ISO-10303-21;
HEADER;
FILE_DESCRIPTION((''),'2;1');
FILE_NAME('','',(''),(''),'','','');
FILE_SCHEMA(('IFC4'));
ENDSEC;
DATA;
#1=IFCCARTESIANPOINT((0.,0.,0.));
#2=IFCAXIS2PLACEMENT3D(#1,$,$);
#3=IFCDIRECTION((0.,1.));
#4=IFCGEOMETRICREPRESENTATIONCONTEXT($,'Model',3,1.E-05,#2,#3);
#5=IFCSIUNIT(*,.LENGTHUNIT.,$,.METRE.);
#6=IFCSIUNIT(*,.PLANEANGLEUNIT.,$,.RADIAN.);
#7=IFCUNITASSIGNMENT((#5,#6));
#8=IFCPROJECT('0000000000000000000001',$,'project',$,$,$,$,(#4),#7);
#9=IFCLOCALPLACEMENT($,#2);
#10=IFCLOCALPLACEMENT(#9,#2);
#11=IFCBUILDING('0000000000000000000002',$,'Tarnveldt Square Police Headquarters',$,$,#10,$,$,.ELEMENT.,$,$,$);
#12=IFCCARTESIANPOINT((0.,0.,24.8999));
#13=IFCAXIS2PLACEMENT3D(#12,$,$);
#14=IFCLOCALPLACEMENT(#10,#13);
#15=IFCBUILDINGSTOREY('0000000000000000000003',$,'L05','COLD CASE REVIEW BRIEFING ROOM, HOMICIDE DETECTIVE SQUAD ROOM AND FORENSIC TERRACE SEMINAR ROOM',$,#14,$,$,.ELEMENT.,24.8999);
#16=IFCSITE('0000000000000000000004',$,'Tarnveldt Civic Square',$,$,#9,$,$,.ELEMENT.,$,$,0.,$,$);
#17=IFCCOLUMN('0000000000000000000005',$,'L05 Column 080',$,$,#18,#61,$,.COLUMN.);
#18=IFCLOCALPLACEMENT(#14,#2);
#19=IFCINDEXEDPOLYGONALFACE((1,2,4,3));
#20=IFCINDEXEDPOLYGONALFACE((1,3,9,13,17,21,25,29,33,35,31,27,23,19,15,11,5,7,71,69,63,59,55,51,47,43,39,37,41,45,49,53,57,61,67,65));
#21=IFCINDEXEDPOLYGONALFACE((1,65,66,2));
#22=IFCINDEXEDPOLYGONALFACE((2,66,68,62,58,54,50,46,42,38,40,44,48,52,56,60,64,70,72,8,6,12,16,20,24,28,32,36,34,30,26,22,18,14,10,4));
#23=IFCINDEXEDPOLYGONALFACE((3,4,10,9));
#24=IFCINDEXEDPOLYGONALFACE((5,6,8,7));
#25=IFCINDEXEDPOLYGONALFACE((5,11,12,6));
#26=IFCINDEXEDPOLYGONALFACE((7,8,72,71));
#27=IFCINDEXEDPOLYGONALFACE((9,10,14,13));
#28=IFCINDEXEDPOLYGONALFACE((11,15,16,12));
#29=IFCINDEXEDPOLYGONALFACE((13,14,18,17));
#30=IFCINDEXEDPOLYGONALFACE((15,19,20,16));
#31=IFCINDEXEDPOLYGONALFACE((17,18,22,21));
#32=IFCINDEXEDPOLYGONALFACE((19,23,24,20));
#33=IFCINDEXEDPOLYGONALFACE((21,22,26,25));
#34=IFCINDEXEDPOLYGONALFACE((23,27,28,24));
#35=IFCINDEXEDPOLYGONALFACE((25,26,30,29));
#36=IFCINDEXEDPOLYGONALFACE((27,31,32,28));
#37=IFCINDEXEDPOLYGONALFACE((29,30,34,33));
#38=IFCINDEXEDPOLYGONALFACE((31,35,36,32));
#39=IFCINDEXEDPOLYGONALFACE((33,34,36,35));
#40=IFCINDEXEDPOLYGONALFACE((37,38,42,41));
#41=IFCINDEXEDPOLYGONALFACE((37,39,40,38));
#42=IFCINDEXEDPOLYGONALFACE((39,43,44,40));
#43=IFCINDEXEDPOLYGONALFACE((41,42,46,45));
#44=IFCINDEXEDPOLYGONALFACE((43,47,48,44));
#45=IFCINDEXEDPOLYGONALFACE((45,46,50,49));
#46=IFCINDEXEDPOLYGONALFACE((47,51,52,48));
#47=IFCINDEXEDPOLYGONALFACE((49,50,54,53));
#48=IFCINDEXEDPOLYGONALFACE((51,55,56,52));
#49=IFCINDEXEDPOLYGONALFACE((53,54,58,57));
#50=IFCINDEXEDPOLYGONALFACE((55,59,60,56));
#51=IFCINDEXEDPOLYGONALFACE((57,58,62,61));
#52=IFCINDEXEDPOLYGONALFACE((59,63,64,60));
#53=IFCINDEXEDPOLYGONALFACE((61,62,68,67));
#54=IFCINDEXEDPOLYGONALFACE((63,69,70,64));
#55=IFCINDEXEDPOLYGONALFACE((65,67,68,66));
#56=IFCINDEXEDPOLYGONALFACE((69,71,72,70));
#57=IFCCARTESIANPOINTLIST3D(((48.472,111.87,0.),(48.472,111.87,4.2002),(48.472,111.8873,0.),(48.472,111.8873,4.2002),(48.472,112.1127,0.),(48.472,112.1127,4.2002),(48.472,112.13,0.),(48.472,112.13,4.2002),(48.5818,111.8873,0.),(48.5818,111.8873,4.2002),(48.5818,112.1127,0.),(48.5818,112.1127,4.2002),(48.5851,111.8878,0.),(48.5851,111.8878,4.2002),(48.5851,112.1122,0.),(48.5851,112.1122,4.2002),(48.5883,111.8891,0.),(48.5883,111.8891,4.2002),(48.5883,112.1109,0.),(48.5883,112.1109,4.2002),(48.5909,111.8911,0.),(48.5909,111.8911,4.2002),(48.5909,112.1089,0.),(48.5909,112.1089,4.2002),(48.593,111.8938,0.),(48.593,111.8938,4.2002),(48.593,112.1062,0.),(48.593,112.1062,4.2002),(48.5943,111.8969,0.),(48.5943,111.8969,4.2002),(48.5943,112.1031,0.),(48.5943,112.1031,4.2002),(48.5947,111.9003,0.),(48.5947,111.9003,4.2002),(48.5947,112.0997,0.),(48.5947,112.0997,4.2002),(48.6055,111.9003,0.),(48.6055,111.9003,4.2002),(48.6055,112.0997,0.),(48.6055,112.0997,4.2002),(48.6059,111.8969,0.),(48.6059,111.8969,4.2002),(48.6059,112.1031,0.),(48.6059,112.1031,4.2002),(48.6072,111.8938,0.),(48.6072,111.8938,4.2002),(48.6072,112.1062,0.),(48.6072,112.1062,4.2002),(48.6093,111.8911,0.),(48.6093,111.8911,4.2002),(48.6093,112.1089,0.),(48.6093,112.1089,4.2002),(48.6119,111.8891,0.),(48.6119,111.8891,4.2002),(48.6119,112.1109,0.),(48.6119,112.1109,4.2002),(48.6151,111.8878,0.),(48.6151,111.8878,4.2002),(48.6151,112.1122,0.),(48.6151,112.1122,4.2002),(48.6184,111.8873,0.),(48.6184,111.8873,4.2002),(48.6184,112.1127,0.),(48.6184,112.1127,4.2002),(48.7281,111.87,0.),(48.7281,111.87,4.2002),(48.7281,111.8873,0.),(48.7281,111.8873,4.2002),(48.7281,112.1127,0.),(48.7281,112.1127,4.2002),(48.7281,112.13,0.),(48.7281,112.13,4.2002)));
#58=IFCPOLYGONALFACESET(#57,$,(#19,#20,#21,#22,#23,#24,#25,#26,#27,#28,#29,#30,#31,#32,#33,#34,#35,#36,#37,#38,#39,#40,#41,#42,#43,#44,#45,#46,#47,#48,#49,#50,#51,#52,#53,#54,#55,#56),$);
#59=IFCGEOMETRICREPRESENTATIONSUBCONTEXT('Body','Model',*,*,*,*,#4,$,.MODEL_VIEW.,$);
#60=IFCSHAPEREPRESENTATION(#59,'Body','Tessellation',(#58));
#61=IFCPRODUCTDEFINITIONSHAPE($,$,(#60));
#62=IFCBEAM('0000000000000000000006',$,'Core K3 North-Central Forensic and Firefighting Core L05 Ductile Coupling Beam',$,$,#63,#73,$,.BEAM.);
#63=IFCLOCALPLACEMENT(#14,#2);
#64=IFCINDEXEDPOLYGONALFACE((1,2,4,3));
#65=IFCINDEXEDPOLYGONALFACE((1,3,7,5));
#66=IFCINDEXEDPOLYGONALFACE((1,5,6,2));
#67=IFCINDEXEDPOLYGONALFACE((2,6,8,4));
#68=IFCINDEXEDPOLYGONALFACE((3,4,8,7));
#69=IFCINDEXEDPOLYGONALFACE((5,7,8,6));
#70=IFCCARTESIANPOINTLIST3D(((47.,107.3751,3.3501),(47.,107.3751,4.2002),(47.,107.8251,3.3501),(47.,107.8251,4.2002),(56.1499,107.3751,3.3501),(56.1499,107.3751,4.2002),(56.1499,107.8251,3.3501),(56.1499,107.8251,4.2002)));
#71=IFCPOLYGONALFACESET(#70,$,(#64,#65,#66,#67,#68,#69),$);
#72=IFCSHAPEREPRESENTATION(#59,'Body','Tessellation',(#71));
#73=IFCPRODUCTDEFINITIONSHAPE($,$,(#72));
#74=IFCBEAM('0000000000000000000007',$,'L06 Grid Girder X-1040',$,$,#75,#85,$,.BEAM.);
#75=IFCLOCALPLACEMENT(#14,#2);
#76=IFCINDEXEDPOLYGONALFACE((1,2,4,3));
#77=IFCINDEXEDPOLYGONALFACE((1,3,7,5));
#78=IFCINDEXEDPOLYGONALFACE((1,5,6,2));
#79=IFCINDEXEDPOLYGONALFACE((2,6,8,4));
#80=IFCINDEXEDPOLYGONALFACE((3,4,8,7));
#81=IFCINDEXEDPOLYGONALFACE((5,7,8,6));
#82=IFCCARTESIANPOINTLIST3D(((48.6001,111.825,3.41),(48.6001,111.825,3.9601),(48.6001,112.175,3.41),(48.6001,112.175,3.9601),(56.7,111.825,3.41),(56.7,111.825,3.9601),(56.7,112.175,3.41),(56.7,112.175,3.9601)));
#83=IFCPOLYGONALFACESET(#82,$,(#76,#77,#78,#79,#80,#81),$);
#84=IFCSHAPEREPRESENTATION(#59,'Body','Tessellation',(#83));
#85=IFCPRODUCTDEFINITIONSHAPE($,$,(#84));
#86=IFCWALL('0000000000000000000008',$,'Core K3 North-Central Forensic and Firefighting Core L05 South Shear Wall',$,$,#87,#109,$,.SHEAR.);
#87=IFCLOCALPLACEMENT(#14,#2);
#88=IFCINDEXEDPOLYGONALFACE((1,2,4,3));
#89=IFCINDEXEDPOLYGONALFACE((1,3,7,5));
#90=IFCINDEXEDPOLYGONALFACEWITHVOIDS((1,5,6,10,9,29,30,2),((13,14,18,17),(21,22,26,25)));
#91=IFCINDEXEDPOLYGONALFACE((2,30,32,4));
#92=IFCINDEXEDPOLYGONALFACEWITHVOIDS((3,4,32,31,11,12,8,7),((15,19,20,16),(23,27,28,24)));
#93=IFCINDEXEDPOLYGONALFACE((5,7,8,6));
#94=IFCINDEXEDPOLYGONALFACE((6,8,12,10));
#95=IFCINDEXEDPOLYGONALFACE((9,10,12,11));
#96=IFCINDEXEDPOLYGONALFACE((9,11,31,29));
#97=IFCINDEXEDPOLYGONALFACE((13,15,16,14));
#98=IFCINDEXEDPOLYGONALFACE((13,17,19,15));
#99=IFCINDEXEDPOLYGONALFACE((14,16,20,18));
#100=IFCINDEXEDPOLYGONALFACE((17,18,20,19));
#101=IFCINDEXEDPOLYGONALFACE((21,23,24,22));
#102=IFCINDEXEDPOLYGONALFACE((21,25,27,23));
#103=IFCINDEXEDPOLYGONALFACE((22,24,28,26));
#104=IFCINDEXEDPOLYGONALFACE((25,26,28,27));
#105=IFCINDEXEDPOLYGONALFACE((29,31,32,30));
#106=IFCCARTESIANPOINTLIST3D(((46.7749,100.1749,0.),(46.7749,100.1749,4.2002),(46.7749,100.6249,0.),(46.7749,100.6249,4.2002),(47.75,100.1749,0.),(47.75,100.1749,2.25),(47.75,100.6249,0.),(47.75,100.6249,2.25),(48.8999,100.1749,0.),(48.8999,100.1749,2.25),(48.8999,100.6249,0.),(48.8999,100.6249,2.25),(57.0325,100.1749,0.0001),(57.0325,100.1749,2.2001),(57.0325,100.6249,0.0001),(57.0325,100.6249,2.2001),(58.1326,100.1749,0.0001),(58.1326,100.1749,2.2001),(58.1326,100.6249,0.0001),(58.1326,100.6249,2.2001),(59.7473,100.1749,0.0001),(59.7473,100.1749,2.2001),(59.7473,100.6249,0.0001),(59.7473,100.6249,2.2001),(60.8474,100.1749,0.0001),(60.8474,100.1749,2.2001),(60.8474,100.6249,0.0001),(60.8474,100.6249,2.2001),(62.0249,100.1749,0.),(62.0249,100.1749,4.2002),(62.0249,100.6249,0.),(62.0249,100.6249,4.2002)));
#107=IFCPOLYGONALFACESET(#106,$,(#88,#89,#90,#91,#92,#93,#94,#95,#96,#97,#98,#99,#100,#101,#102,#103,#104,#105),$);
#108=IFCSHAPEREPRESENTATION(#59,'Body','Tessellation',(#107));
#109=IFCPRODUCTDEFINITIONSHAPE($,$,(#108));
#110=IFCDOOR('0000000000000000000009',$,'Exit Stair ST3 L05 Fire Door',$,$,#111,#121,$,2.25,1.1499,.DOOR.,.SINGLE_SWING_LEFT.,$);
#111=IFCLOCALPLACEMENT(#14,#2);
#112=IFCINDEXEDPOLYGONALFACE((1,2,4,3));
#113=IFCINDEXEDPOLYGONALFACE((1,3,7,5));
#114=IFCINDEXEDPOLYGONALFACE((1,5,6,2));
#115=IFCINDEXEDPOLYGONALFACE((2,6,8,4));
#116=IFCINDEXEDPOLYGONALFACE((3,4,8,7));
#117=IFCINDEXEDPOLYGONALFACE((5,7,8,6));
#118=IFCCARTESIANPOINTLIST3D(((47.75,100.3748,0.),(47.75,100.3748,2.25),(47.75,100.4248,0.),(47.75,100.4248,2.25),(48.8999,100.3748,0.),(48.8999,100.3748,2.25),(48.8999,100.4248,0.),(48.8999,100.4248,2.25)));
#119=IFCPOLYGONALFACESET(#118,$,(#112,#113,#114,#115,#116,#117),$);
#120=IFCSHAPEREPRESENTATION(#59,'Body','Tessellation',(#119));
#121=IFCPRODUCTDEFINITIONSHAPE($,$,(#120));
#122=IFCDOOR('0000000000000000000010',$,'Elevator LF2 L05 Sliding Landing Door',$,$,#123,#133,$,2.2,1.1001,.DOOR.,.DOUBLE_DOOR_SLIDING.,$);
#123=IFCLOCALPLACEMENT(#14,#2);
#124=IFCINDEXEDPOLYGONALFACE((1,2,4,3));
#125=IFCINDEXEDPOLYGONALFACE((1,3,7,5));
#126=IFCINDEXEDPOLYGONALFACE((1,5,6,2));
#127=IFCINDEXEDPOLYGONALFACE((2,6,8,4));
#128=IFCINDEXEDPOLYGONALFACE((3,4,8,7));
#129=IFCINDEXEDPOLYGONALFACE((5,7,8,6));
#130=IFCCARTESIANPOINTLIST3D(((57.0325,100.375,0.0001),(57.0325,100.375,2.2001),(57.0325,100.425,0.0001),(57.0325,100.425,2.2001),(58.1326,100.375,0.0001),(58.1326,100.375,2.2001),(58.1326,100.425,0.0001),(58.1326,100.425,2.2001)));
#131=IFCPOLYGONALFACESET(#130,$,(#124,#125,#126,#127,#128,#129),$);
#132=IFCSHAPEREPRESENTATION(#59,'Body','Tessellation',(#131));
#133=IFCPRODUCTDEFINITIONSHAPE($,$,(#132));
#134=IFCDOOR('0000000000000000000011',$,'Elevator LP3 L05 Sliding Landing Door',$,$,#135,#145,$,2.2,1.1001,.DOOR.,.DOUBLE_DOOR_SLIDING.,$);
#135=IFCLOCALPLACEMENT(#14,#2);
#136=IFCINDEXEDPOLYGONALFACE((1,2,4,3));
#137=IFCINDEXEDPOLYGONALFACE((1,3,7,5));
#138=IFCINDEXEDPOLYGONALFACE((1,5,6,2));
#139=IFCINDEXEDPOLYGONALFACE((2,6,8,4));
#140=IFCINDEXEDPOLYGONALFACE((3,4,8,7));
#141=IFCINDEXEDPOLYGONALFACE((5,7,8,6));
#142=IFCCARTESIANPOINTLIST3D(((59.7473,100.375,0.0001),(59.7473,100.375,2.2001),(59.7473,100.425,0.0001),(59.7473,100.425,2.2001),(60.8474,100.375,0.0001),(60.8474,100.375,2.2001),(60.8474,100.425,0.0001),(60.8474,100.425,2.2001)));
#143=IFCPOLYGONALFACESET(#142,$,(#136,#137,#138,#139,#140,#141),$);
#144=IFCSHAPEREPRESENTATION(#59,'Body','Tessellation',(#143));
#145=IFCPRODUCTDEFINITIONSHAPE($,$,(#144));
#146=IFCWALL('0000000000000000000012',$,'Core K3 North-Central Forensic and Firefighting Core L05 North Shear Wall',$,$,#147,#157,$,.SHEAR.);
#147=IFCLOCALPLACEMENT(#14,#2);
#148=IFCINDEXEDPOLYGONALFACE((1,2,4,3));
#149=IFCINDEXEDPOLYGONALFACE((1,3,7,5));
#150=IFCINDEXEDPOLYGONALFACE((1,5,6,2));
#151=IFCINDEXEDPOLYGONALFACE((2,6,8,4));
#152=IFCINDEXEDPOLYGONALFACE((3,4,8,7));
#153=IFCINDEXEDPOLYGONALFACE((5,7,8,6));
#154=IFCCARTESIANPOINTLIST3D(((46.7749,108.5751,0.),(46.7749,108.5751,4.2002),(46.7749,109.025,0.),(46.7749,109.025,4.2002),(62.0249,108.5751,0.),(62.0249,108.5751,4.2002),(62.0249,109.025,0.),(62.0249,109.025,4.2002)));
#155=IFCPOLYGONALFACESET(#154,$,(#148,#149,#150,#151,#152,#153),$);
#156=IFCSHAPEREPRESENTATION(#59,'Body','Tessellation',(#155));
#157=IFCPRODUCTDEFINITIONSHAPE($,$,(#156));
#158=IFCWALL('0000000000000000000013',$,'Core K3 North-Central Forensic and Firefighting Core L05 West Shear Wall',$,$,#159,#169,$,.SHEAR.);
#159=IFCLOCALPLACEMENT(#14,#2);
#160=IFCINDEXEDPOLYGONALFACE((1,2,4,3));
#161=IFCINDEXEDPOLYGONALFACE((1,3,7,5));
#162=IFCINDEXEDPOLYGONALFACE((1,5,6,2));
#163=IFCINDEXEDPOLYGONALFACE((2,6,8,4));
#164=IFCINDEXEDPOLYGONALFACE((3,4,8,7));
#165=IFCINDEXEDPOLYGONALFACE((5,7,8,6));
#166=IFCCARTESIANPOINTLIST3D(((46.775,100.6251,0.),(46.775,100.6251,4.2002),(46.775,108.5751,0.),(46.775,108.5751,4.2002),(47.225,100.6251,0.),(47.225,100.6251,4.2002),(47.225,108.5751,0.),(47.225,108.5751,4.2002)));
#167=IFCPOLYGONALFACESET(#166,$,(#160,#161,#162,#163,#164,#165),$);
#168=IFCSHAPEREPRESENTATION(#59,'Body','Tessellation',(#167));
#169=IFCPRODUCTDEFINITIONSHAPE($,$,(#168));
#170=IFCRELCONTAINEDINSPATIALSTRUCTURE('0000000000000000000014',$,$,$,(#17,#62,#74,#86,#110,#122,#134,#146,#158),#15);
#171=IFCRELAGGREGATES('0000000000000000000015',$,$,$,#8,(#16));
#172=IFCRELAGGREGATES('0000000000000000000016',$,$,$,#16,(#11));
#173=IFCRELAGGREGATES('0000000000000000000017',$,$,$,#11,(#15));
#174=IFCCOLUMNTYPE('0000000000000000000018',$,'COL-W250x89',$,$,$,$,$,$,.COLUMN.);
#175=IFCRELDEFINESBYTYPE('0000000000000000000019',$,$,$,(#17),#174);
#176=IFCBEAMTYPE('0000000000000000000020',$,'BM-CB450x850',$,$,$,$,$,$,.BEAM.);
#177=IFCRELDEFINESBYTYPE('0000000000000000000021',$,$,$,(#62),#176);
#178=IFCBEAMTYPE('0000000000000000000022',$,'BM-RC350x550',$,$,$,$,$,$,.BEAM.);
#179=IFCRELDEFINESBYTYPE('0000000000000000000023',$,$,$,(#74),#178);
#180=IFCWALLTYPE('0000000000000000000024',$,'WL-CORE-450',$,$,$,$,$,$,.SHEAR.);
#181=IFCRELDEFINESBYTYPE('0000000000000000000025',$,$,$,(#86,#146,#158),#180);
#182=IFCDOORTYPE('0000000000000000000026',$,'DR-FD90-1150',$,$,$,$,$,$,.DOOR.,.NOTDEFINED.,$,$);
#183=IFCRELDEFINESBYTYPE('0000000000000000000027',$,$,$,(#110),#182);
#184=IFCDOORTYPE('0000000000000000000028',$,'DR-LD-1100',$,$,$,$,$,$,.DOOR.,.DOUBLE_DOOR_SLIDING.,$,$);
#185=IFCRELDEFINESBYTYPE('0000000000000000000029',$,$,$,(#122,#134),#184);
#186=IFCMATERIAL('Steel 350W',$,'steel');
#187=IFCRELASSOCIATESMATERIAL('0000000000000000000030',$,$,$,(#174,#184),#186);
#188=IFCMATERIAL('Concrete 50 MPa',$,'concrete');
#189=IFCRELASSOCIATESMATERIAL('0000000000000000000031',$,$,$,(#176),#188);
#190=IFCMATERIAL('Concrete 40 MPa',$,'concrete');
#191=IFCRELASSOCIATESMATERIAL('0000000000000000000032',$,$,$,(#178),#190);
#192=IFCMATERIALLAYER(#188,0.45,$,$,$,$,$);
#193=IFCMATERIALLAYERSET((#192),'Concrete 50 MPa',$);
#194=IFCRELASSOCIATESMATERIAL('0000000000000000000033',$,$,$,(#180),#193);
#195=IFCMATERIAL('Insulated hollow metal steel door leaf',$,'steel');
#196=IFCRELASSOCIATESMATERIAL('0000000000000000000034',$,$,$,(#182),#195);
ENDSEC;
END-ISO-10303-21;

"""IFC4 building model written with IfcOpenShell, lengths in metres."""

from ifc_helpers import new_model, si_unit, direction, frame, frame_2d, origin, origin_2d, place, context, subcontext, project, spatial, rectangle, i_section, extrude, material, layer, layer_set, material_profile, profile_set, type_object, element, fill, save


model = new_model("IFC4")

# Units and contexts
model_context = context("Model", 3, precision=1e-05, world=origin(), true_north=direction((0.0, 1.0)))
body_context = subcontext(model_context, "Body", "Model", "MODEL_VIEW")
ifc_project = project(units=[si_unit("LENGTHUNIT", "METRE"), si_unit("PLANEANGLEUNIT", "RADIAN")], contexts=[model_context])

# Site, building, storey
site_placement = place(None, origin())
site = spatial("IfcSite", under=ifc_project, at=site_placement, Name="Tarnveldt Civic Square", CompositionType="ELEMENT", RefElevation=0.0)
building_placement = place(site_placement, origin())
building = spatial("IfcBuilding", under=site, at=building_placement, Name="Tarnveldt Square Police Headquarters", CompositionType="ELEMENT")
storey_placement = place(building_placement, frame((0.0, 0.0, 24.8999)))
storey = spatial("IfcBuildingStorey", under=building, at=storey_placement, Name="L05", Description="COLD CASE REVIEW BRIEFING ROOM, HOMICIDE DETECTIVE SQUAD ROOM AND FORENSIC TERRACE SEMINAR ROOM", CompositionType="ELEMENT", Elevation=24.8999)

# Column
ifc_material_1 = material(Name="Steel 350W", Category="steel")
ifc_material_profile_1 = material_profile(ifc_material_1, i_section(OverallWidth=0.2561, OverallDepth=0.26, WebThickness=0.0107, FlangeThickness=0.0173, FilletRadius=0.0129, at=origin_2d()), Name="W250x89")
ifc_profile_set_1 = profile_set([ifc_material_profile_1], Name="Steel 350W")
column_type = type_object("IfcColumnType", Name="COL-W250x89", PredefinedType="COLUMN", material=ifc_profile_set_1)
column_placement = place(storey_placement, frame((48.6001, 112.0, 0.0), z_axis=(0.0, 0.0, 1.0), x_axis=(1.0, 0.0, 0.0)))
element("IfcColumn", 1, at=column_placement, inside=storey, type_object=column_type, Name="L05 Column 080", PredefinedType="COLUMN", context=body_context, shape_type="SweptSolid", body=[
    extrude(i_section(OverallWidth=0.2561, OverallDepth=0.26, WebThickness=0.0107, FlangeThickness=0.0173, FilletRadius=0.0129, at=origin_2d()), origin(), (0.0, 0.0, 1.0), 4.2002),
])

# Beams
ifc_material_2 = material(Name="Concrete 50 MPa", Category="concrete")
ifc_material_profile_2 = material_profile(ifc_material_2, rectangle(XDim=0.45, YDim=0.8501, at=origin_2d()), Name="RC-CB450x850")
ifc_profile_set_2 = profile_set([ifc_material_profile_2], Name="Concrete 50 MPa")
beam_type_1 = type_object("IfcBeamType", Name="BM-CB450x850", PredefinedType="BEAM", material=ifc_profile_set_2)
beam_1_placement = place(storey_placement, frame((47.0, 107.6001, 3.7751), z_axis=(1.0, 0.0, 0.0), x_axis=(0.0, 1.0, 0.0)))
element("IfcBeam", 2, at=beam_1_placement, inside=storey, type_object=beam_type_1, Name="Core K3 North-Central Forensic and Firefighting Core L05 Ductile Coupling Beam", PredefinedType="BEAM", context=body_context, shape_type="SweptSolid", body=[
    extrude(rectangle(XDim=0.45, YDim=0.8501, at=origin_2d()), origin(), (0.0, 0.0, 1.0), 9.1499),
])
ifc_material_3 = material(Name="Concrete 40 MPa", Category="concrete")
ifc_material_profile_3 = material_profile(ifc_material_3, rectangle(XDim=0.3501, YDim=0.55, at=origin_2d()), Name="RC-B350x550")
ifc_profile_set_3 = profile_set([ifc_material_profile_3], Name="Concrete 40 MPa")
beam_type_2 = type_object("IfcBeamType", Name="BM-RC350x550", PredefinedType="BEAM", material=ifc_profile_set_3)
beam_2_placement = place(storey_placement, frame((48.6001, 112.0, 3.6851), z_axis=(1.0, 0.0, 0.0), x_axis=(0.0, 1.0, 0.0)))
element("IfcBeam", 3, at=beam_2_placement, inside=storey, type_object=beam_type_2, Name="L06 Grid Girder X-1040", PredefinedType="BEAM", context=body_context, shape_type="SweptSolid", body=[
    extrude(rectangle(XDim=0.3501, YDim=0.55, at=origin_2d()), origin(), (0.0, 0.0, 1.0), 8.0999),
])

# Wall, openings, doors
ifc_layer_1 = layer(ifc_material_2, 0.45)
ifc_layer_set_1 = layer_set([ifc_layer_1], Name="Concrete 50 MPa")
wall_type_1 = type_object("IfcWallType", Name="WL-CORE-450", PredefinedType="SHEAR", material=ifc_layer_set_1)
wall_1_placement = place(storey_placement, frame((46.7749, 100.3999, 0.0), z_axis=(0.0, 0.0, 1.0), x_axis=(1.0, 0.0, 0.0)))
wall_1 = element("IfcWall", 4, at=wall_1_placement, inside=storey, type_object=wall_type_1, Name="Core K3 North-Central Forensic and Firefighting Core L05 South Shear Wall", PredefinedType="SHEAR", context=body_context, shape_type="SweptSolid", body=[
    extrude(rectangle(XDim=15.25, YDim=0.45, at=frame_2d((7.625, 0.0))), origin(), (0.0, 0.0, 1.0), 4.2002),
])
opening_1_placement = place(wall_1_placement, frame((0.9751, 0.0, 0.0)))
opening_1 = element("IfcOpeningElement", 5, at=opening_1_placement, cuts=wall_1, PredefinedType="OPENING", context=body_context, shape_type="SweptSolid", body=[
    extrude(rectangle(XDim=1.1499, YDim=2.25, at=frame_2d((0.575, 1.125))), frame((0.0, 0.2349, 0.0), z_axis=(0.0, -1.0, 0.0), x_axis=(1.0, 0.0, 0.0)), (0.0, 0.0, 1.0), 0.47),
])
opening_2_placement = place(wall_1_placement, frame((10.2576, 0.0, 0.0)))
opening_2 = element("IfcOpeningElement", 6, at=opening_2_placement, cuts=wall_1, PredefinedType="OPENING", context=body_context, shape_type="SweptSolid", body=[
    extrude(rectangle(XDim=1.1001, YDim=2.2, at=frame_2d((0.55, 1.1001))), frame((0.0, 0.2349, 0.0), z_axis=(0.0, -1.0, 0.0), x_axis=(1.0, 0.0, 0.0)), (0.0, 0.0, 1.0), 0.47),
])
opening_3_placement = place(wall_1_placement, frame((12.9724, 0.0, 0.0)))
opening_3 = element("IfcOpeningElement", 7, at=opening_3_placement, cuts=wall_1, PredefinedType="OPENING", context=body_context, shape_type="SweptSolid", body=[
    extrude(rectangle(XDim=1.1001, YDim=2.2, at=frame_2d((0.55, 1.1001))), frame((0.0, 0.2349, 0.0), z_axis=(0.0, -1.0, 0.0), x_axis=(1.0, 0.0, 0.0)), (0.0, 0.0, 1.0), 0.47),
])
ifc_material_4 = material(Name="Insulated hollow metal steel door leaf", Category="steel")
door_type_1 = type_object("IfcDoorType", Name="DR-FD90-1150", OperationType="NOTDEFINED", PredefinedType="DOOR", material=ifc_material_4)
door_1_placement = place(opening_1_placement, origin())
door_1 = element("IfcDoor", 8, at=door_1_placement, inside=storey, type_object=door_type_1, Name="Exit Stair ST3 L05 Fire Door", OperationType="SINGLE_SWING_LEFT", OverallHeight=2.25, OverallWidth=1.1499, PredefinedType="DOOR", context=body_context, shape_type="SweptSolid", body=[
    extrude(rectangle(XDim=1.1499, YDim=2.25, at=frame_2d((0.575, 1.125))), frame((0.0, 0.0249, 0.0), z_axis=(0.0, -1.0, 0.0), x_axis=(1.0, 0.0, 0.0)), (0.0, 0.0, 1.0), 0.05),
])
fill(opening_1, door_1)
door_type_2 = type_object("IfcDoorType", Name="DR-LD-1100", OperationType="DOUBLE_DOOR_SLIDING", PredefinedType="DOOR", material=ifc_material_1)
door_2_placement = place(opening_2_placement, frame((1.1001, 0.0, 0.0), z_axis=(0.0, 0.0, 1.0), x_axis=(-1.0, 0.0, 0.0)))
door_2 = element("IfcDoor", 9, at=door_2_placement, inside=storey, type_object=door_type_2, Name="Elevator LF2 L05 Sliding Landing Door", OperationType="DOUBLE_DOOR_SLIDING", OverallHeight=2.2, OverallWidth=1.1001, PredefinedType="DOOR", context=body_context, shape_type="SweptSolid", body=[
    extrude(rectangle(XDim=1.1001, YDim=2.2, at=frame_2d((0.55, 1.1001))), frame((0.0, 0.0249, 0.0), z_axis=(0.0, -1.0, 0.0), x_axis=(1.0, 0.0, 0.0)), (0.0, 0.0, 1.0), 0.05),
])
fill(opening_2, door_2)
door_3_placement = place(opening_3_placement, frame((1.1001, 0.0, 0.0), z_axis=(0.0, 0.0, 1.0), x_axis=(-1.0, 0.0, 0.0)))
door_3 = element("IfcDoor", 10, at=door_3_placement, inside=storey, type_object=door_type_2, Name="Elevator LP3 L05 Sliding Landing Door", OperationType="DOUBLE_DOOR_SLIDING", OverallHeight=2.2, OverallWidth=1.1001, PredefinedType="DOOR", context=body_context, shape_type="SweptSolid", body=[
    extrude(rectangle(XDim=1.1001, YDim=2.2, at=frame_2d((0.55, 1.1001))), frame((0.0, 0.0249, 0.0), z_axis=(0.0, -1.0, 0.0), x_axis=(1.0, 0.0, 0.0)), (0.0, 0.0, 1.0), 0.05),
])
fill(opening_3, door_3)

# Walls
wall_2_placement = place(storey_placement, frame((46.7749, 108.8, 0.0), z_axis=(0.0, 0.0, 1.0), x_axis=(1.0, 0.0, 0.0)))
element("IfcWall", 11, at=wall_2_placement, inside=storey, type_object=wall_type_1, Name="Core K3 North-Central Forensic and Firefighting Core L05 North Shear Wall", PredefinedType="SHEAR", context=body_context, shape_type="SweptSolid", body=[
    extrude(rectangle(XDim=15.25, YDim=0.45, at=frame_2d((7.625, 0.0))), origin(), (0.0, 0.0, 1.0), 4.2002),
])
wall_3_placement = place(storey_placement, frame((47.0, 100.625, 0.0), z_axis=(0.0, 0.0, 1.0), x_axis=(0.0, 1.0, 0.0)))
element("IfcWall", 12, at=wall_3_placement, inside=storey, type_object=wall_type_1, Name="Core K3 North-Central Forensic and Firefighting Core L05 West Shear Wall", PredefinedType="SHEAR", context=body_context, shape_type="SweptSolid", body=[
    extrude(rectangle(XDim=7.95, YDim=0.45, at=frame_2d((3.9751, 0.0))), origin(), (0.0, 0.0, 1.0), 4.2002),
])

save(model, "model.ifc")
